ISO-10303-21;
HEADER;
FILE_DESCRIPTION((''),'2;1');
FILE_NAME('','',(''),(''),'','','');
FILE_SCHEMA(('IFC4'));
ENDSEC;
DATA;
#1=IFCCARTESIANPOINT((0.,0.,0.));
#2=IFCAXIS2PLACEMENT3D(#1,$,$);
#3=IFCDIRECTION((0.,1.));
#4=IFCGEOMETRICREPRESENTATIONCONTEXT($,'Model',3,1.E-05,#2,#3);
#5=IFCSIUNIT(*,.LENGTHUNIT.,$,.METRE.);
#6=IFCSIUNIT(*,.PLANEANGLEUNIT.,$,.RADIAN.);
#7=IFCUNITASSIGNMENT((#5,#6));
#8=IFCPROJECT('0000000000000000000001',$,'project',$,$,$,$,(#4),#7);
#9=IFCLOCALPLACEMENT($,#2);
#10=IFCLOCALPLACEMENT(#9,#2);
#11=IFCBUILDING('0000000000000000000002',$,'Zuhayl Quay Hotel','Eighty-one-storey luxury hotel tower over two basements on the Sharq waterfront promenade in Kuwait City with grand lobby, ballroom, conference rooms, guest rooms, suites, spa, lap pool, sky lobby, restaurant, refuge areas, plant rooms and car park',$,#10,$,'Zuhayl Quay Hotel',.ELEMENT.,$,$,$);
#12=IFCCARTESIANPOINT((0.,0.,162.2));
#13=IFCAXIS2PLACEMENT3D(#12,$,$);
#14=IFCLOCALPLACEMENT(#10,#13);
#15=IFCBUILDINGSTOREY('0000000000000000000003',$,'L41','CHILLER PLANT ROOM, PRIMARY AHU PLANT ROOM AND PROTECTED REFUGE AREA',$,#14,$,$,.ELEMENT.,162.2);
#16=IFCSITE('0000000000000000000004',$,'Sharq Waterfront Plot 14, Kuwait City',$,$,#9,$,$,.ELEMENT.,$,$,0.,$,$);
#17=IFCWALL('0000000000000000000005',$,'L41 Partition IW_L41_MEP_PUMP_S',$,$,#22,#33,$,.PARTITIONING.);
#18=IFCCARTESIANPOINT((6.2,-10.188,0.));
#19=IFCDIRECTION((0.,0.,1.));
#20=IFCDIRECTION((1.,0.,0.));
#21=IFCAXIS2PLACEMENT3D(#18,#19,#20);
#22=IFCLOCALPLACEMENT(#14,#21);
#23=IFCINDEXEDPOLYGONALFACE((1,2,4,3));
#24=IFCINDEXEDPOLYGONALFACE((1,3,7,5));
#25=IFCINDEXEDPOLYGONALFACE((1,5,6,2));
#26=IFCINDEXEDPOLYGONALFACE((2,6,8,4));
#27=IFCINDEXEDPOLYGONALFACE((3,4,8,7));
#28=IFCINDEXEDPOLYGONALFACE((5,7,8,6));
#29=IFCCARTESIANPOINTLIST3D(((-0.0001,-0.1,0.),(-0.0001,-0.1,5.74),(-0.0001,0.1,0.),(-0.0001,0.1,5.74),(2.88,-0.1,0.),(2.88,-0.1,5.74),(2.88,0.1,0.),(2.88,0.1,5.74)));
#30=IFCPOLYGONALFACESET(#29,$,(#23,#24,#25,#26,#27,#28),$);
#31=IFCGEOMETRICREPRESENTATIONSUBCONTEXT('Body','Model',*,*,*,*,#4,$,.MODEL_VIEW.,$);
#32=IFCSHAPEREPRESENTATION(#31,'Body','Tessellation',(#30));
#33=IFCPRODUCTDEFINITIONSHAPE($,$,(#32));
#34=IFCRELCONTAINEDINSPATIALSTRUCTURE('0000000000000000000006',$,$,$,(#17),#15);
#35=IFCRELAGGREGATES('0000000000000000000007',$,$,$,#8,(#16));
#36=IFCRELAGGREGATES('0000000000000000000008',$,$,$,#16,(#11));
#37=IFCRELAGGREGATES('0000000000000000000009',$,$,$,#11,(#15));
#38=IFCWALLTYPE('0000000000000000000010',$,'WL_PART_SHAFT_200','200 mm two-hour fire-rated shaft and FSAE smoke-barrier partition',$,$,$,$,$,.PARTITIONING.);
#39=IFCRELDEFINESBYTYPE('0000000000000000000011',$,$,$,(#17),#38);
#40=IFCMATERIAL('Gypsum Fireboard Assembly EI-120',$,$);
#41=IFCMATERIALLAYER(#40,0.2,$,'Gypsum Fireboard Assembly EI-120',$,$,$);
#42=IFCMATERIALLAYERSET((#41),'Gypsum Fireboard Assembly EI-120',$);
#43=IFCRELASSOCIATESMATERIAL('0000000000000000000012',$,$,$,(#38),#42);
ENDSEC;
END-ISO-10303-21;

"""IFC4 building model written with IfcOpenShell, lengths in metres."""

from ifc_helpers import new_model, si_unit, direction, frame, frame_2d, origin, place, context, subcontext, project, spatial, rectangle, extrude, material, layer, layer_set, type_object, element, save


model = new_model("IFC4")

# Units and contexts
model_context = context("Model", 3, precision=1e-05, world=origin(), true_north=direction((0.0, 1.0)))
body_context = subcontext(model_context, "Body", "Model", "MODEL_VIEW")
ifc_project = project(units=[si_unit("LENGTHUNIT", "METRE"), si_unit("PLANEANGLEUNIT", "RADIAN")], contexts=[model_context])

# Site, building, storey
site_placement = place(None, origin())
site = spatial("IfcSite", under=ifc_project, at=site_placement, Name="Sharq Waterfront Plot 14, Kuwait City", CompositionType="ELEMENT", RefElevation=0.0)
building_placement = place(site_placement, origin())
building = spatial("IfcBuilding", under=site, at=building_placement, Name="Zuhayl Quay Hotel", Description="Eighty-one-storey luxury hotel tower over two basements on the Sharq waterfront promenade in Kuwait City with grand lobby, ballroom, conference rooms, guest rooms, suites, spa, lap pool, sky lobby, restaurant, refuge areas, plant rooms and car park", LongName="Zuhayl Quay Hotel", CompositionType="ELEMENT")
storey_placement = place(building_placement, frame((0.0, 0.0, 162.2)))
storey = spatial("IfcBuildingStorey", under=building, at=storey_placement, Name="L41", Description="CHILLER PLANT ROOM, PRIMARY AHU PLANT ROOM AND PROTECTED REFUGE AREA", CompositionType="ELEMENT", Elevation=162.2)

# Wall
ifc_material_1 = material(Name="Gypsum Fireboard Assembly EI-120")
ifc_layer_1 = layer(ifc_material_1, 0.2, Name="Gypsum Fireboard Assembly EI-120")
ifc_layer_set_1 = layer_set([ifc_layer_1], Name="Gypsum Fireboard Assembly EI-120")
wall_type = type_object("IfcWallType", Name="WL_PART_SHAFT_200", Description="200 mm two-hour fire-rated shaft and FSAE smoke-barrier partition", PredefinedType="PARTITIONING", material=ifc_layer_set_1)
wall_1_placement = place(storey_placement, frame((6.2, -10.188, 0.0), z_axis=(0.0, 0.0, 1.0), x_axis=(1.0, 0.0, 0.0)))
element("IfcWall", 1, at=wall_1_placement, inside=storey, type_object=wall_type, Name="L41 Partition IW_L41_MEP_PUMP_S", PredefinedType="PARTITIONING", context=body_context, shape_type="SweptSolid", body=[
    extrude(rectangle(XDim=2.8801, YDim=0.2, at=frame_2d((1.4399, 0.0))), origin(), (0.0, 0.0, 1.0), 5.74),
])

save(model, "model.ifc")
